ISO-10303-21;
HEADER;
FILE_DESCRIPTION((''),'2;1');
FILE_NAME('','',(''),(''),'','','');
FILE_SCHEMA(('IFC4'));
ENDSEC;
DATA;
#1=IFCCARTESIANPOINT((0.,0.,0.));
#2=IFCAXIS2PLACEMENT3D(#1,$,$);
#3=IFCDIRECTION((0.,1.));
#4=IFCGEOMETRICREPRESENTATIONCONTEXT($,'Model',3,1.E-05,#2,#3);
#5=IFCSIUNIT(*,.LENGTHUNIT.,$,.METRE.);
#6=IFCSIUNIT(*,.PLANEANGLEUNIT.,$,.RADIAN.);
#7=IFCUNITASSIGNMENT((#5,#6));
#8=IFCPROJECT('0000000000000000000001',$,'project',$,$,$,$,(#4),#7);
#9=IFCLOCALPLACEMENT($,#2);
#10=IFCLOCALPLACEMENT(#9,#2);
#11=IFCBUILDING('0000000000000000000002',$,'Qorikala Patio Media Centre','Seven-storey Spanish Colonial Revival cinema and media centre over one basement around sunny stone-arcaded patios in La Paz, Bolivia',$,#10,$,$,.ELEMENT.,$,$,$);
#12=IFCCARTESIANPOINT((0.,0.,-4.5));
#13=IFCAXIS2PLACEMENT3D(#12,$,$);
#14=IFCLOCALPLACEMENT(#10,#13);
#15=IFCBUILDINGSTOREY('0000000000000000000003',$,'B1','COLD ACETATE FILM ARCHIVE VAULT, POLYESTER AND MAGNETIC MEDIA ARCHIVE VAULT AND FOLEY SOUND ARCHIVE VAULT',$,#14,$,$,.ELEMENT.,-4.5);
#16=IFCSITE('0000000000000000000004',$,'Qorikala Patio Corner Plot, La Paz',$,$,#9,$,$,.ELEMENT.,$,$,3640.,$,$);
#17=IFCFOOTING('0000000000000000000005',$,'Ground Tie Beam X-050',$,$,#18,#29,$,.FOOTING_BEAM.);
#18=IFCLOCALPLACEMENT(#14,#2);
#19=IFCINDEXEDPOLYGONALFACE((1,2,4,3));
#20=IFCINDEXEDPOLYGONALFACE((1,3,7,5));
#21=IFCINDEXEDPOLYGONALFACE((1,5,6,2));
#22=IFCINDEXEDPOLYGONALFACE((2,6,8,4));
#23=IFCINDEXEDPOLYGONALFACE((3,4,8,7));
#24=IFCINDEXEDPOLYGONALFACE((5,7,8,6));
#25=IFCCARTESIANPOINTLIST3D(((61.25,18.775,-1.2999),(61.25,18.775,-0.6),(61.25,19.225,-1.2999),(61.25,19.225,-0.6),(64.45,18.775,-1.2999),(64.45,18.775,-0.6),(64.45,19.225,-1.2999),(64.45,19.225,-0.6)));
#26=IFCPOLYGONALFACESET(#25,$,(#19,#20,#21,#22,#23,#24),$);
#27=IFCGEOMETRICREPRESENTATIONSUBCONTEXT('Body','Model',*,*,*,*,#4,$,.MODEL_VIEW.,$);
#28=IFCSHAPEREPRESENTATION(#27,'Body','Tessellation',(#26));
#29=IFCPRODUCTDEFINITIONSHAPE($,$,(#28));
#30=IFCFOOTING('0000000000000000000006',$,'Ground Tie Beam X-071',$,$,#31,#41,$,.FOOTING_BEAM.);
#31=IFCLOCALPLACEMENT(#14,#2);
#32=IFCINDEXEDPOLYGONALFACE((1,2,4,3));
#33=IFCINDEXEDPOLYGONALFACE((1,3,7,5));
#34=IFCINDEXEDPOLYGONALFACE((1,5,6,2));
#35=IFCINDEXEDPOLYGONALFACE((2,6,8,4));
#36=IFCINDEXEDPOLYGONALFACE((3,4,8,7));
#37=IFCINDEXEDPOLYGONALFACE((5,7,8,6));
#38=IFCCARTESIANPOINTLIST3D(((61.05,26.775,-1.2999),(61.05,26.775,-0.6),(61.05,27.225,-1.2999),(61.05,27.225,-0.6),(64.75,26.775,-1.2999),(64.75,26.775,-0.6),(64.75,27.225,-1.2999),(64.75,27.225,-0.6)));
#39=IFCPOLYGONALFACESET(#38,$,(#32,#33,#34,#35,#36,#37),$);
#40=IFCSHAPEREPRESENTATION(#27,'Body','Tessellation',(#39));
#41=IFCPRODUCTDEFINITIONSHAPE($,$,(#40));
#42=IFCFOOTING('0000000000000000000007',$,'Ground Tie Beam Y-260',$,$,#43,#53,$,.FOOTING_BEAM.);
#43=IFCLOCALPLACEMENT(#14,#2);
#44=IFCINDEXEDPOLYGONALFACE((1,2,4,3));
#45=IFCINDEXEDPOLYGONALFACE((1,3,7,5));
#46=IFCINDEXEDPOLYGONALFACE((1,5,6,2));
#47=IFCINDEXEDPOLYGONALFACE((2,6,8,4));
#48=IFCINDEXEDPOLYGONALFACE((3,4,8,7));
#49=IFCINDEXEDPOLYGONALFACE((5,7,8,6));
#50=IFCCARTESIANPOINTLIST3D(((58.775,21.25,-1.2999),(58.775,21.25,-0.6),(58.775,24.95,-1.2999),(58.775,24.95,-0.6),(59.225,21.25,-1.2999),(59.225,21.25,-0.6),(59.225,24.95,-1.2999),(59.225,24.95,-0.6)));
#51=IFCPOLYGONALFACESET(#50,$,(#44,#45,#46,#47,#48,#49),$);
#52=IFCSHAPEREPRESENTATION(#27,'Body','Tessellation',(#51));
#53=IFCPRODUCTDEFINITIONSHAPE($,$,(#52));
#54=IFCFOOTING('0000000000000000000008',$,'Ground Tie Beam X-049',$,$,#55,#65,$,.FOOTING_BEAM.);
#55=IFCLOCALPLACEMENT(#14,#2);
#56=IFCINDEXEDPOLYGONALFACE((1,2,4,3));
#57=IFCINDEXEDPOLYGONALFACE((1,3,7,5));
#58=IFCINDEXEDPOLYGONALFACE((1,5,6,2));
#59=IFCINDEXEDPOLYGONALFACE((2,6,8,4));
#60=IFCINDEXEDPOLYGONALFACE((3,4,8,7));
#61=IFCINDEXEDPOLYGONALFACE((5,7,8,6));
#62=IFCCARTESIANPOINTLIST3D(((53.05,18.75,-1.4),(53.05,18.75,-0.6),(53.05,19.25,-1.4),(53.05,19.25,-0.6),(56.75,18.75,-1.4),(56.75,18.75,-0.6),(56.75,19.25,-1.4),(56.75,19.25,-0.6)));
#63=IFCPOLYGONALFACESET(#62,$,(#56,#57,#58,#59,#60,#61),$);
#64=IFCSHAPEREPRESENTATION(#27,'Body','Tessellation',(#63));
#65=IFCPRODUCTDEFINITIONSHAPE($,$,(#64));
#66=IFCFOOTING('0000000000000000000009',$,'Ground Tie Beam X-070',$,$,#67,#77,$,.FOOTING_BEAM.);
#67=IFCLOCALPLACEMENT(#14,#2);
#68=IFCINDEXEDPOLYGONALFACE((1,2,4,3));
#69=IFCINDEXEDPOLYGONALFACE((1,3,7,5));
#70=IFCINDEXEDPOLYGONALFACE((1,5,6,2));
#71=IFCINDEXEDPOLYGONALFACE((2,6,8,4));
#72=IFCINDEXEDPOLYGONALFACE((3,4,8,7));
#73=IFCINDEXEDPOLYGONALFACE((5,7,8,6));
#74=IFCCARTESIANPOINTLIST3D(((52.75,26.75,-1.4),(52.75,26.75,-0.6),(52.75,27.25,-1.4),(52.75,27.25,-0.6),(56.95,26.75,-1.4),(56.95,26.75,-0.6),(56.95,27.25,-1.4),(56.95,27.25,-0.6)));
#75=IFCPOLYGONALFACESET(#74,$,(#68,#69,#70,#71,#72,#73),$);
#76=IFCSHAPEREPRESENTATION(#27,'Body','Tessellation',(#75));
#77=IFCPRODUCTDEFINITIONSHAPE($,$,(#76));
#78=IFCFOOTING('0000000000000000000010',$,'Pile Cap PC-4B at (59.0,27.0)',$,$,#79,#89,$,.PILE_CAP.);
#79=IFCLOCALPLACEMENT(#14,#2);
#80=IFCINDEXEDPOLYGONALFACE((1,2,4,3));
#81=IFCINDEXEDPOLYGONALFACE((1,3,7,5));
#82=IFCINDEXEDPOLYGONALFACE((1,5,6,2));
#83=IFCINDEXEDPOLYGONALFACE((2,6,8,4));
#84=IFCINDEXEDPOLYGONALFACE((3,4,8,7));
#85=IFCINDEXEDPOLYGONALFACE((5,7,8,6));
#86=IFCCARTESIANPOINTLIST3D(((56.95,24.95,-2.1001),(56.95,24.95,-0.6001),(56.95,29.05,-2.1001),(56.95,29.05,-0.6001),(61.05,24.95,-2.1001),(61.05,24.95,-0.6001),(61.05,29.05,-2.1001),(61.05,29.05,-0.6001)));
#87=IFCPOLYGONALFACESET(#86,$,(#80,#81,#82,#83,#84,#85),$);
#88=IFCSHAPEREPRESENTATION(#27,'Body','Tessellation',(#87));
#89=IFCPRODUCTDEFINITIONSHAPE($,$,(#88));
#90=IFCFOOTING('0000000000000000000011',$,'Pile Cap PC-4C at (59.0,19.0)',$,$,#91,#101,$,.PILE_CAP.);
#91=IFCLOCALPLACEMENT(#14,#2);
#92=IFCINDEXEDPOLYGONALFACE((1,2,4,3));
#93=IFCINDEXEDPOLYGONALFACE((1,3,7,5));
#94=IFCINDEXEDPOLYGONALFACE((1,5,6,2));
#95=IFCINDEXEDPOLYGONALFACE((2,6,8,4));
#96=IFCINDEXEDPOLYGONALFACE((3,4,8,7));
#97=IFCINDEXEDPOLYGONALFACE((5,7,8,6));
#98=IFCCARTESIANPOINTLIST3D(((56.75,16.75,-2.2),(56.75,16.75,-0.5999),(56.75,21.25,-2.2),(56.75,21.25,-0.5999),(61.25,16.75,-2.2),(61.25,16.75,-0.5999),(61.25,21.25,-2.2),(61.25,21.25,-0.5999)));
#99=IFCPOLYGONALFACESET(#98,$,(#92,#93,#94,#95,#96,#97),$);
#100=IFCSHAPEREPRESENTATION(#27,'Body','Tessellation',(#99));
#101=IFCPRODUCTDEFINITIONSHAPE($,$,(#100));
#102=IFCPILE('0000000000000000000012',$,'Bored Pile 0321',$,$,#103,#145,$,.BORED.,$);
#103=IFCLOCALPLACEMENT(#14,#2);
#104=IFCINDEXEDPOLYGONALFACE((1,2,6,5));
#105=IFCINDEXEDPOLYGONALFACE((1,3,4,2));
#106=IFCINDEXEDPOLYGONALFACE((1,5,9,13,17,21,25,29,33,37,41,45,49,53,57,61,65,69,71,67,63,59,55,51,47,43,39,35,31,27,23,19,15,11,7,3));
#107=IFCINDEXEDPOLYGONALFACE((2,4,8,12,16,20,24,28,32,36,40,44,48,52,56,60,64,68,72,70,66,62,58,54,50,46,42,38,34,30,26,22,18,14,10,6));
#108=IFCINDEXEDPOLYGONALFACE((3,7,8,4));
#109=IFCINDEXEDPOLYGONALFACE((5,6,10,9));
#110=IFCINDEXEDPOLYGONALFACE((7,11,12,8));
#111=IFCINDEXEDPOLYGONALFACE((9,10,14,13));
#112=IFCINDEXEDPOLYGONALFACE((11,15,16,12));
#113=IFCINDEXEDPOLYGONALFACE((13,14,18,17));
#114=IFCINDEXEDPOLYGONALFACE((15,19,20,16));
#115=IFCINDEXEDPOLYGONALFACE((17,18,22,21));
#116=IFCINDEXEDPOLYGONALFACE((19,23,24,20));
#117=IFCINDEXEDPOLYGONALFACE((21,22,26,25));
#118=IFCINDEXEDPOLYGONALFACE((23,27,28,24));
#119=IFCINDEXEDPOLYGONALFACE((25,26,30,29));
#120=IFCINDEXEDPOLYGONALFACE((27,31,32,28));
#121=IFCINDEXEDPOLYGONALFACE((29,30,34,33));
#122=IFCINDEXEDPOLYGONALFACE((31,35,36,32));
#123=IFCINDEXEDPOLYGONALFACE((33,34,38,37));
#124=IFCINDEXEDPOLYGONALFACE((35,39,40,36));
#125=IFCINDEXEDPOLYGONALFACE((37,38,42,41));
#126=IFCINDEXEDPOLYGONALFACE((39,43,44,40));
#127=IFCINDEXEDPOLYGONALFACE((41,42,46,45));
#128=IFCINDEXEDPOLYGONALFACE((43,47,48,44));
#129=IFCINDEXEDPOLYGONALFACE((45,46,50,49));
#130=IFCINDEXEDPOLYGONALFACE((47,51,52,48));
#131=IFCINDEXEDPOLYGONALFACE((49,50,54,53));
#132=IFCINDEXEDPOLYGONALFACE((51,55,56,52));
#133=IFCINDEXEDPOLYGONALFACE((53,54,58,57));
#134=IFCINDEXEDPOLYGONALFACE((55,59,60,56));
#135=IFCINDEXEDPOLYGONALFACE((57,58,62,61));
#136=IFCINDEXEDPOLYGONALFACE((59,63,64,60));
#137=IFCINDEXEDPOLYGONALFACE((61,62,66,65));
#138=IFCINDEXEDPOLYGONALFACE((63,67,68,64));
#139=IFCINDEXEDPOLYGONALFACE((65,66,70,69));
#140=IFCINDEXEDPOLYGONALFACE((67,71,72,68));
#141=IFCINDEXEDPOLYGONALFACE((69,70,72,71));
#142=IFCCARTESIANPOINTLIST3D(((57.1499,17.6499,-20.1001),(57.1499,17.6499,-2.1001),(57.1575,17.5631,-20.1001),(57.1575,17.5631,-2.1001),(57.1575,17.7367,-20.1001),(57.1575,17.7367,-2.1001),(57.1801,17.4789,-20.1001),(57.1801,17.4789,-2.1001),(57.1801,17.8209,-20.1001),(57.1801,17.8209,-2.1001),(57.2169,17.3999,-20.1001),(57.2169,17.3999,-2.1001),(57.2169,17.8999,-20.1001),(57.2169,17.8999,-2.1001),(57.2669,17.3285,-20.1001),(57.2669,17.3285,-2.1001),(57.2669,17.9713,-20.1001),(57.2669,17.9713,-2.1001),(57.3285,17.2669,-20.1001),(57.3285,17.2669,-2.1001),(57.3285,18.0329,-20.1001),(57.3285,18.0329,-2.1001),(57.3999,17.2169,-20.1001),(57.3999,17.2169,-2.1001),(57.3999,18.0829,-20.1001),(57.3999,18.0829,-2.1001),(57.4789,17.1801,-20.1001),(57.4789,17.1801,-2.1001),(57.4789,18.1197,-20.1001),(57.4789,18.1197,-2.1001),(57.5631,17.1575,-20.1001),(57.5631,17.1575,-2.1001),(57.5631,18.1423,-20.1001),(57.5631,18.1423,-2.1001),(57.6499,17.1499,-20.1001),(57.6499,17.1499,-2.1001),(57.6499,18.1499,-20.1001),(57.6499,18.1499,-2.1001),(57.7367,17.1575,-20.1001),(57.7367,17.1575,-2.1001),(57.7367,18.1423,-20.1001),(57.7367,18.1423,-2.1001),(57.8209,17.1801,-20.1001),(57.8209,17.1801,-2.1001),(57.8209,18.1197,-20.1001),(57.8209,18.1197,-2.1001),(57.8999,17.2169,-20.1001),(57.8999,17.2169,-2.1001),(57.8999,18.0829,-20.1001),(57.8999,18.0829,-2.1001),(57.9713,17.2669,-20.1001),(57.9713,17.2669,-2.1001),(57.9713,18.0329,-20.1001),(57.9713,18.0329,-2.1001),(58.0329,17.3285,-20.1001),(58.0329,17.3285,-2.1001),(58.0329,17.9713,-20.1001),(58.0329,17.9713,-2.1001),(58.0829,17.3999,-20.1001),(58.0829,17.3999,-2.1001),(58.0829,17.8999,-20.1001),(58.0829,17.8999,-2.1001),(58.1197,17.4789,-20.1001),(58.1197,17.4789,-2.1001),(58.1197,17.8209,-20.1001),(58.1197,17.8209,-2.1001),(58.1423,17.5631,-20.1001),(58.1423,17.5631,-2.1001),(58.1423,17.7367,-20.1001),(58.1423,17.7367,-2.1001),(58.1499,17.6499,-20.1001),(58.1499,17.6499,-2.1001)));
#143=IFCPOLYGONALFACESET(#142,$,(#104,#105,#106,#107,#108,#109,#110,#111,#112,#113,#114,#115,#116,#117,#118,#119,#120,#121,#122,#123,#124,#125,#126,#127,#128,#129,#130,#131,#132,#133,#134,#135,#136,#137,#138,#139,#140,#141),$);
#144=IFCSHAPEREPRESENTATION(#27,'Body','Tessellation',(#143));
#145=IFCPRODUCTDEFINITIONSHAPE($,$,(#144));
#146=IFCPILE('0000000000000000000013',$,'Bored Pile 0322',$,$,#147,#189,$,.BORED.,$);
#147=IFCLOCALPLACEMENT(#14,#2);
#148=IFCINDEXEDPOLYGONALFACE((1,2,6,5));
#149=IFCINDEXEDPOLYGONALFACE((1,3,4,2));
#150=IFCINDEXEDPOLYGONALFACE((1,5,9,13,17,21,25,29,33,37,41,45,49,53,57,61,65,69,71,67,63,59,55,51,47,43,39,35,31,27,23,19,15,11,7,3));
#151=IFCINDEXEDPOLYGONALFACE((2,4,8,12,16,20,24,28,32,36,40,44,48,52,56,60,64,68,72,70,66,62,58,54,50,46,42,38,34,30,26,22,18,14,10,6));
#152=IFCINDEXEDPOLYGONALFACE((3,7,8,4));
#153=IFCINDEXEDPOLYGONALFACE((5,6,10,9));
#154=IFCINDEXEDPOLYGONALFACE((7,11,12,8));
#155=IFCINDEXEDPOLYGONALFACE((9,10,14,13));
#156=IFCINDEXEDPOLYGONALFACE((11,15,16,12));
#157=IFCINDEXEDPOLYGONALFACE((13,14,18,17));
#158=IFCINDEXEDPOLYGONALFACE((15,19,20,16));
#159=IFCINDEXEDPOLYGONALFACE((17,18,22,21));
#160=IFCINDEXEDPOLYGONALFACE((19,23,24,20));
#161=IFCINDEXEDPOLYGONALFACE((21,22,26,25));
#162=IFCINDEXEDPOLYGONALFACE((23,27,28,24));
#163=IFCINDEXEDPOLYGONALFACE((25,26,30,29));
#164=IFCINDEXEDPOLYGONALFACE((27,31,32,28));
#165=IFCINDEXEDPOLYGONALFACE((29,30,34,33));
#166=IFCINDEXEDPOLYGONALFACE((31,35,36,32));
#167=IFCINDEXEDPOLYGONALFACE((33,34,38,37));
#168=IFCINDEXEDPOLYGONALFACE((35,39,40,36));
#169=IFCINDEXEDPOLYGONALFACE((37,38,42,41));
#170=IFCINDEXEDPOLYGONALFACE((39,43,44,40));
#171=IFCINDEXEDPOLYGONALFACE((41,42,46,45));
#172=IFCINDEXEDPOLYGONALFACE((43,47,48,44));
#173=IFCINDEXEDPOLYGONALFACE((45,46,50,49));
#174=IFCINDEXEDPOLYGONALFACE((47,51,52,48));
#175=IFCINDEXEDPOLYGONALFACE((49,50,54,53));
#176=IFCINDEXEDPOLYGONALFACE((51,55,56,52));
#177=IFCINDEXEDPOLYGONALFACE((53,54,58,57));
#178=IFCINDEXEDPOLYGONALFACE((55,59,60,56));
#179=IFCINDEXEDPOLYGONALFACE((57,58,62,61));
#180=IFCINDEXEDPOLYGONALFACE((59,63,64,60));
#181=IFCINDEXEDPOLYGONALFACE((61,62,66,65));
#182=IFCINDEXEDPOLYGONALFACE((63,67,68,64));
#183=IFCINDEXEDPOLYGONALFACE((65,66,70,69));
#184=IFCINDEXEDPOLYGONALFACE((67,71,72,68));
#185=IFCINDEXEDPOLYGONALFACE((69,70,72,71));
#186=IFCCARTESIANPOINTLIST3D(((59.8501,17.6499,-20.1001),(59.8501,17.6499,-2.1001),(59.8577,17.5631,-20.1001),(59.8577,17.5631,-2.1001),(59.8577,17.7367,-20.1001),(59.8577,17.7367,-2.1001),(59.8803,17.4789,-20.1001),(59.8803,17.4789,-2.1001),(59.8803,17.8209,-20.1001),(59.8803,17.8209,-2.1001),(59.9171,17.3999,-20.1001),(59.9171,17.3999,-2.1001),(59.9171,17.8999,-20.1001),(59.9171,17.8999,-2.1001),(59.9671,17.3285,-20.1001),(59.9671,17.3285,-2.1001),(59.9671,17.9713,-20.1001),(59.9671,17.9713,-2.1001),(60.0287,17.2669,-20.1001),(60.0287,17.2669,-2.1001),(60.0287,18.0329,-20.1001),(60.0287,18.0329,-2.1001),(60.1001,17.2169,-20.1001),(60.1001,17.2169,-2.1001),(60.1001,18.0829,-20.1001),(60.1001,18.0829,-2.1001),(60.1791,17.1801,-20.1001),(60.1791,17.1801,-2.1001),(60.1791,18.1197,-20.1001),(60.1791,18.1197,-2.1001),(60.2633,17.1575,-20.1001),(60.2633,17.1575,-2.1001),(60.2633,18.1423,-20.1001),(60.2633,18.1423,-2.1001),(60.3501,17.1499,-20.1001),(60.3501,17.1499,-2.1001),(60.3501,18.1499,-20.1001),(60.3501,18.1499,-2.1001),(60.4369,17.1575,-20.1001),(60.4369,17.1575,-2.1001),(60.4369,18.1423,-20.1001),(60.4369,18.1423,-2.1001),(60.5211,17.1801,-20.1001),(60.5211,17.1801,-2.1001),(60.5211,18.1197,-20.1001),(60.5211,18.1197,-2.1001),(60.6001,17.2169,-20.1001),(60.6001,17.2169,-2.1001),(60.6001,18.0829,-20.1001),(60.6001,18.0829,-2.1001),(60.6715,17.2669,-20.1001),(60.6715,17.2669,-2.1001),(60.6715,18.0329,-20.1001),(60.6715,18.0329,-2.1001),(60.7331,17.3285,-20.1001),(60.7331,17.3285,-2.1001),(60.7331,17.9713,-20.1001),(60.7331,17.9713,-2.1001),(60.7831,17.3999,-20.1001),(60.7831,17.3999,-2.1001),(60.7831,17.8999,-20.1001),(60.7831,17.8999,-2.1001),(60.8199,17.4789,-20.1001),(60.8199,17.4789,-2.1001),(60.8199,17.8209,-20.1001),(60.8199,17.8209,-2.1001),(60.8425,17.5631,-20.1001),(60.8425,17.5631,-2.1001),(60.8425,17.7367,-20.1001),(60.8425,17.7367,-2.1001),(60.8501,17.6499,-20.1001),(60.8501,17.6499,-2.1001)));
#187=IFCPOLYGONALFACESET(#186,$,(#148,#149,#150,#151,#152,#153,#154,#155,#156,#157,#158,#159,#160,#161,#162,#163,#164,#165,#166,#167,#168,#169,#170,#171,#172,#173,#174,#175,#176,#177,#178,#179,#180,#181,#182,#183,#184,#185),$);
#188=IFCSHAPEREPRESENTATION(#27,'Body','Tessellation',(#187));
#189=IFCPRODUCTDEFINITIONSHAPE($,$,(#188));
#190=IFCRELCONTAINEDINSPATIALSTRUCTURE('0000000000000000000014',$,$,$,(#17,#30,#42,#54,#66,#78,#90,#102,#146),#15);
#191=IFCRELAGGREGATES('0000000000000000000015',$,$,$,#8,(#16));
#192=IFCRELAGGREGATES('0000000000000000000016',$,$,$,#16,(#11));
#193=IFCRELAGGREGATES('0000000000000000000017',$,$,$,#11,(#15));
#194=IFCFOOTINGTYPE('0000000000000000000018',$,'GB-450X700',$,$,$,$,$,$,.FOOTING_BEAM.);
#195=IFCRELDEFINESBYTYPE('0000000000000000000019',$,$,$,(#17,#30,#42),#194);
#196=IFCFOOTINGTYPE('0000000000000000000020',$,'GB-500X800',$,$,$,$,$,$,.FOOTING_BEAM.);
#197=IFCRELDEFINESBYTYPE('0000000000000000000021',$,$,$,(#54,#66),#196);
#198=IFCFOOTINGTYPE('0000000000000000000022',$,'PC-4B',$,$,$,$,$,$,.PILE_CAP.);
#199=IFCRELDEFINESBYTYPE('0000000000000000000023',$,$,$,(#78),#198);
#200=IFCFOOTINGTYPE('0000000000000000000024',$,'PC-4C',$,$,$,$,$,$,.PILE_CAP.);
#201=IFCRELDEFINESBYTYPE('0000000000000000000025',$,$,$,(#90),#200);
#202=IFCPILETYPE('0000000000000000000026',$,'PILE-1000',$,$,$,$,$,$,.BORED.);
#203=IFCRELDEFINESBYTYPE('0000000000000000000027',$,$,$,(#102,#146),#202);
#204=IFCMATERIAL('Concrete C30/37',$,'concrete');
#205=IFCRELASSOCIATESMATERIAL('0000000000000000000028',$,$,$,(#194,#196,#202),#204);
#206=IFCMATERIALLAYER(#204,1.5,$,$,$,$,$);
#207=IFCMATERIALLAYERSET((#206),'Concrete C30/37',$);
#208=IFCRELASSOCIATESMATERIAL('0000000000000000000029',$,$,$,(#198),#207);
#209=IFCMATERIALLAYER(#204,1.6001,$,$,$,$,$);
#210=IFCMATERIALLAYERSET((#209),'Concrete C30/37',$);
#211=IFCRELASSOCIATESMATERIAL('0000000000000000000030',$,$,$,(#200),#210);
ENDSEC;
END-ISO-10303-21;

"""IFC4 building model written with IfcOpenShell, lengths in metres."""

from ifc_helpers import new_model, si_unit, direction, frame, origin, origin_2d, place, context, subcontext, project, spatial, rectangle, circle, extrude, material, layer, layer_set, material_profile, profile_set, type_object, element, save


model = new_model("IFC4")

# Units and contexts
model_context = context("Model", 3, precision=1e-05, world=origin(), true_north=direction((0.0, 1.0)))
body_context = subcontext(model_context, "Body", "Model", "MODEL_VIEW")
ifc_project = project(units=[si_unit("LENGTHUNIT", "METRE"), si_unit("PLANEANGLEUNIT", "RADIAN")], contexts=[model_context])

# Site, building, storey
site_placement = place(None, origin())
site = spatial("IfcSite", under=ifc_project, at=site_placement, Name="Qorikala Patio Corner Plot, La Paz", CompositionType="ELEMENT", RefElevation=3640.0)
building_placement = place(site_placement, origin())
building = spatial("IfcBuilding", under=site, at=building_placement, Name="Qorikala Patio Media Centre", Description="Seven-storey Spanish Colonial Revival cinema and media centre over one basement around sunny stone-arcaded patios in La Paz, Bolivia", CompositionType="ELEMENT")
storey_placement = place(building_placement, frame((0.0, 0.0, -4.5)))
storey = spatial("IfcBuildingStorey", under=building, at=storey_placement, Name="B1", Description="COLD ACETATE FILM ARCHIVE VAULT, POLYESTER AND MAGNETIC MEDIA ARCHIVE VAULT AND FOLEY SOUND ARCHIVE VAULT", CompositionType="ELEMENT", Elevation=-4.5)

# Footings
ifc_material_1 = material(Name="Concrete C30/37", Category="concrete")
ifc_material_profile_1 = material_profile(ifc_material_1, rectangle(XDim=0.45, YDim=0.7, at=origin_2d()), Name="RC 450x700")
ifc_profile_set_1 = profile_set([ifc_material_profile_1], Name="Concrete C30/37")
footing_type_1 = type_object("IfcFootingType", Name="GB-450X700", PredefinedType="FOOTING_BEAM", material=ifc_profile_set_1)
footing_1_placement = place(storey_placement, frame((61.25, 19.0, -0.95), z_axis=(1.0, 0.0, 0.0), x_axis=(0.0, 1.0, 0.0)))
element("IfcFooting", 1, at=footing_1_placement, inside=storey, type_object=footing_type_1, Name="Ground Tie Beam X-050", PredefinedType="FOOTING_BEAM", context=body_context, shape_type="SweptSolid", body=[
    extrude(rectangle(XDim=0.45, YDim=0.7, at=origin_2d()), origin(), (0.0, 0.0, 1.0), 3.2),
])
for number, where, z_axis, x_axis, name in (
    (2, (61.05, 27.0, -0.95), (1.0, 0.0, 0.0), (0.0, 1.0, 0.0), "Ground Tie Beam X-071"),
    (3, (59.0, 21.25, -0.95), (0.0, 1.0, 0.0), (-1.0, 0.0, 0.0), "Ground Tie Beam Y-260"),
):
    element("IfcFooting", number, at=place(storey_placement, frame(where, z_axis=z_axis, x_axis=x_axis)), inside=storey, type_object=footing_type_1, Name=name, PredefinedType="FOOTING_BEAM", context=body_context, shape_type="SweptSolid", body=[
        extrude(rectangle(XDim=0.45, YDim=0.7, at=origin_2d()), origin(), (0.0, 0.0, 1.0), 3.7),
    ])
ifc_material_profile_2 = material_profile(ifc_material_1, rectangle(XDim=0.5, YDim=0.8, at=origin_2d()), Name="RC 500x800")
ifc_profile_set_2 = profile_set([ifc_material_profile_2], Name="Concrete C30/37")
footing_type_2 = type_object("IfcFootingType", Name="GB-500X800", PredefinedType="FOOTING_BEAM", material=ifc_profile_set_2)
footing_2_placement = place(storey_placement, frame((53.05, 19.0, -1.0), z_axis=(1.0, 0.0, 0.0), x_axis=(0.0, 1.0, 0.0)))
element("IfcFooting", 4, at=footing_2_placement, inside=storey, type_object=footing_type_2, Name="Ground Tie Beam X-049", PredefinedType="FOOTING_BEAM", context=body_context, shape_type="SweptSolid", body=[
    extrude(rectangle(XDim=0.5, YDim=0.8, at=origin_2d()), origin(), (0.0, 0.0, 1.0), 3.7),
])
footing_3_placement = place(storey_placement, frame((52.75, 27.0, -1.0), z_axis=(1.0, 0.0, 0.0), x_axis=(0.0, 1.0, 0.0)))
element("IfcFooting", 5, at=footing_3_placement, inside=storey, type_object=footing_type_2, Name="Ground Tie Beam X-070", PredefinedType="FOOTING_BEAM", context=body_context, shape_type="SweptSolid", body=[
    extrude(rectangle(XDim=0.5, YDim=0.8, at=origin_2d()), origin(), (0.0, 0.0, 1.0), 4.2),
])
ifc_layer_1 = layer(ifc_material_1, 1.5)
ifc_layer_set_1 = layer_set([ifc_layer_1], Name="Concrete C30/37")
footing_type_3 = type_object("IfcFootingType", Name="PC-4B", PredefinedType="PILE_CAP", material=ifc_layer_set_1)
footing_4_placement = place(storey_placement, frame((59.0, 27.0, -2.1001), z_axis=(0.0, 0.0, 1.0), x_axis=(1.0, 0.0, 0.0)))
element("IfcFooting", 6, at=footing_4_placement, inside=storey, type_object=footing_type_3, Name="Pile Cap PC-4B at (59.0,27.0)", PredefinedType="PILE_CAP", context=body_context, shape_type="SweptSolid", body=[
    extrude(rectangle(XDim=4.1001, YDim=4.1001, at=origin_2d()), origin(), (0.0, 0.0, 1.0), 1.5),
])
ifc_layer_2 = layer(ifc_material_1, 1.6001)
ifc_layer_set_2 = layer_set([ifc_layer_2], Name="Concrete C30/37")
footing_type_4 = type_object("IfcFootingType", Name="PC-4C", PredefinedType="PILE_CAP", material=ifc_layer_set_2)
footing_5_placement = place(storey_placement, frame((59.0, 19.0, -2.2), z_axis=(0.0, 0.0, 1.0), x_axis=(1.0, 0.0, 0.0)))
element("IfcFooting", 7, at=footing_5_placement, inside=storey, type_object=footing_type_4, Name="Pile Cap PC-4C at (59.0,19.0)", PredefinedType="PILE_CAP", context=body_context, shape_type="SweptSolid", body=[
    extrude(rectangle(XDim=4.5, YDim=4.5, at=origin_2d()), origin(), (0.0, 0.0, 1.0), 1.6001),
])

# Piles
ifc_material_profile_3 = material_profile(ifc_material_1, circle(Radius=0.5, at=origin_2d()), Name="BORED PILE 1000")
ifc_profile_set_3 = profile_set([ifc_material_profile_3], Name="Concrete C30/37")
pile_type_1 = type_object("IfcPileType", Name="PILE-1000", PredefinedType="BORED", material=ifc_profile_set_3)
for number, where, z_axis, x_axis, name in (
    (8, (57.6499, 17.6499, -2.1001), (0.0, 0.0, -1.0), (1.0, 0.0, 0.0), "Bored Pile 0321"),
    (9, (60.3501, 17.6499, -2.1001), (0.0, 0.0, -1.0), (1.0, 0.0, 0.0), "Bored Pile 0322"),
):
    element("IfcPile", number, at=place(storey_placement, frame(where, z_axis=z_axis, x_axis=x_axis)), inside=storey, type_object=pile_type_1, Name=name, PredefinedType="BORED", context=body_context, shape_type="SweptSolid", body=[
        extrude(circle(Radius=0.5, at=origin_2d()), origin(), (0.0, 0.0, 1.0), 18.0),
    ])

save(model, "model.ifc")
